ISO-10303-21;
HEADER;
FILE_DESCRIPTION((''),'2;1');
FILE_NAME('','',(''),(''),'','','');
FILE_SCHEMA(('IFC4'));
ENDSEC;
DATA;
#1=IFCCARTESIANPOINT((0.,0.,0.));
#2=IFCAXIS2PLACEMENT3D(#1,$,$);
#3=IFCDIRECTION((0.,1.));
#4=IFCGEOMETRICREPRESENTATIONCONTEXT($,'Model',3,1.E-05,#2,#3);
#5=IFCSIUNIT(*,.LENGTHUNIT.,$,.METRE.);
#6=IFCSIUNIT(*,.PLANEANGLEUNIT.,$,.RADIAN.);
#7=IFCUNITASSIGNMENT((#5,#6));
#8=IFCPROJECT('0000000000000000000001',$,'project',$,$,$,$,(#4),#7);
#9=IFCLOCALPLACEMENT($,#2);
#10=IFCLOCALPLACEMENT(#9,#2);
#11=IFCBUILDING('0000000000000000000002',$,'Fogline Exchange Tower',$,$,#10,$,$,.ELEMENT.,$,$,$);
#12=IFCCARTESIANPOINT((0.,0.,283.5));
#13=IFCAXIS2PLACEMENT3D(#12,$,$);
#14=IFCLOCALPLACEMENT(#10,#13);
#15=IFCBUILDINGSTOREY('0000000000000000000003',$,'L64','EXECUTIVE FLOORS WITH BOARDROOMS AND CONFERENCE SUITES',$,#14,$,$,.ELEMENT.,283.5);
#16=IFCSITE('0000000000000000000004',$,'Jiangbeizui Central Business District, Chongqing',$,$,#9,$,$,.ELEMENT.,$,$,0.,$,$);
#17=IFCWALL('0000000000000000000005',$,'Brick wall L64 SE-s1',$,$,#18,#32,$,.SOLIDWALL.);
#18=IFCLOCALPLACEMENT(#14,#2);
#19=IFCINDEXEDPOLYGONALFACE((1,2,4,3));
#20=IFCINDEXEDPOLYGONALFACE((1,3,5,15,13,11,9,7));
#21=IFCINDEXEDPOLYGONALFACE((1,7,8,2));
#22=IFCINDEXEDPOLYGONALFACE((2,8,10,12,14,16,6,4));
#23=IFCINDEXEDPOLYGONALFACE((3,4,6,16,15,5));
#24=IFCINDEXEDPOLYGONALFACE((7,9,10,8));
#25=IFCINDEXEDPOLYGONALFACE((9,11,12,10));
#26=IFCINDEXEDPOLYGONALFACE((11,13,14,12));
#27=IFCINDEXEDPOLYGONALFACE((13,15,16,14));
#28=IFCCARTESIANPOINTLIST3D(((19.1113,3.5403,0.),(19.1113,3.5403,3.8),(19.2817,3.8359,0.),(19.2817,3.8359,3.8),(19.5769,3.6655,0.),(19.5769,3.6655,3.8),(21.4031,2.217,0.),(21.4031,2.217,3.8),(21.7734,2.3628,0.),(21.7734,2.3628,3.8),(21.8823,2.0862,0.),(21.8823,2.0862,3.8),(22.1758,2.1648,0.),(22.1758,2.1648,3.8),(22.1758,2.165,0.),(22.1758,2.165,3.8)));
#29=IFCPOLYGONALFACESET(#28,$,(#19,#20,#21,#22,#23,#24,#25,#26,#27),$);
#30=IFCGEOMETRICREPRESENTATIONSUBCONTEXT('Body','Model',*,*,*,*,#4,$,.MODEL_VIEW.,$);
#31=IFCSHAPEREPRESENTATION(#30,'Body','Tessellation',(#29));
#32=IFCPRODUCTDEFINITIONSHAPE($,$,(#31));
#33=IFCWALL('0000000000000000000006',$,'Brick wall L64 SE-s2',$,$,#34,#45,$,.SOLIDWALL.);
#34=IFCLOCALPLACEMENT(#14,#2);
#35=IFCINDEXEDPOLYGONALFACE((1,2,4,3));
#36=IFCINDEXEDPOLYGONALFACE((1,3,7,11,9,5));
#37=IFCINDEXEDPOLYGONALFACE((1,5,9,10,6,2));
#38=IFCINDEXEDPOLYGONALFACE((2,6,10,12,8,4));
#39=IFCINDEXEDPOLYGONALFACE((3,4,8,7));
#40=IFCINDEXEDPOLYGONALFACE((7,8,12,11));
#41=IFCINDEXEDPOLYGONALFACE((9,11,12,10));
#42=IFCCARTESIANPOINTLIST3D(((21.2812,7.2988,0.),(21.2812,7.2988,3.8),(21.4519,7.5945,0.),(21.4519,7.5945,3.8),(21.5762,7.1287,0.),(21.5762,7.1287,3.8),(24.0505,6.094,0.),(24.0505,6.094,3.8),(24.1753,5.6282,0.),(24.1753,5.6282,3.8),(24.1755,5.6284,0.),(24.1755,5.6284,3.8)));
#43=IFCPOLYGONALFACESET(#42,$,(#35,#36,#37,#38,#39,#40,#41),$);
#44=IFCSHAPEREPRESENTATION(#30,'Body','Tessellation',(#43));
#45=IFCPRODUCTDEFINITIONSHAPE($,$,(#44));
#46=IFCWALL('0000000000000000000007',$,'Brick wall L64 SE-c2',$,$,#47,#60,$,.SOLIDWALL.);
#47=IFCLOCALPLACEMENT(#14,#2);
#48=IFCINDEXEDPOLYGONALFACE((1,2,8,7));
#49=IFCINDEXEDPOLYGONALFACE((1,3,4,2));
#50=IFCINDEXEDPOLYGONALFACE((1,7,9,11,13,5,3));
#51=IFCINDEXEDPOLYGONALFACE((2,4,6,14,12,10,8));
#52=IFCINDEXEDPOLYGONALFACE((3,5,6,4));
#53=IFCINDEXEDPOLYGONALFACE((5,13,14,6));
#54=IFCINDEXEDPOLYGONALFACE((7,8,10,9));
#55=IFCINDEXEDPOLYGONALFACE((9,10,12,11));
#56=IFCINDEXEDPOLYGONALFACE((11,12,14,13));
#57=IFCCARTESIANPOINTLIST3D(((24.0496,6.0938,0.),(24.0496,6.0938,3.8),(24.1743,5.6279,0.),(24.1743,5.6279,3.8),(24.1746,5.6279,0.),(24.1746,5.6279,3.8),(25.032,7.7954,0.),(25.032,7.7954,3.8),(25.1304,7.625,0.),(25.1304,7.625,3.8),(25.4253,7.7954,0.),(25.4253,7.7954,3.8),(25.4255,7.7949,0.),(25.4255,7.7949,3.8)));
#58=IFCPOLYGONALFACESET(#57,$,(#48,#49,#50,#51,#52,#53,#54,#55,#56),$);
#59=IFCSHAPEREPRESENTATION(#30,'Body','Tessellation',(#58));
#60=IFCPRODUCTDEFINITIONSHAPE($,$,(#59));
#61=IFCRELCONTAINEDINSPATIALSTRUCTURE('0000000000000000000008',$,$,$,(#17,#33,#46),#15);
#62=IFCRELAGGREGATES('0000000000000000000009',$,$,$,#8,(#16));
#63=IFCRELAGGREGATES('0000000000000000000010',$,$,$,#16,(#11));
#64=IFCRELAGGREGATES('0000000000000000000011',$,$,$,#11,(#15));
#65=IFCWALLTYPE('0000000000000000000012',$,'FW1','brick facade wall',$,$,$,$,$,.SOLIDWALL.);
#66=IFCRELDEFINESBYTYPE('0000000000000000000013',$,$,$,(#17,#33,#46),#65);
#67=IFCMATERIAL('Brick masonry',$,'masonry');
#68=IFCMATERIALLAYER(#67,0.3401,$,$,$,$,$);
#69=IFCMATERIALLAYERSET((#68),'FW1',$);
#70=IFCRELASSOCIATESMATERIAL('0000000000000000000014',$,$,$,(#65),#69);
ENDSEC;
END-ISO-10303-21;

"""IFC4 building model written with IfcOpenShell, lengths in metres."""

from ifc_helpers import new_model, si_unit, direction, frame, origin, place, context, subcontext, project, spatial, polyline, outline, extrude, material, layer, layer_set, type_object, element, save


model = new_model("IFC4")

# Units and contexts
model_context = context("Model", 3, precision=1e-05, world=origin(), true_north=direction((0.0, 1.0)))
body_context = subcontext(model_context, "Body", "Model", "MODEL_VIEW")
ifc_project = project(units=[si_unit("LENGTHUNIT", "METRE"), si_unit("PLANEANGLEUNIT", "RADIAN")], contexts=[model_context])

# Site, building, storey
site_placement = place(None, origin())
site = spatial("IfcSite", under=ifc_project, at=site_placement, Name="Jiangbeizui Central Business District, Chongqing", CompositionType="ELEMENT", RefElevation=0.0)
building_placement = place(site_placement, origin())
building = spatial("IfcBuilding", under=site, at=building_placement, Name="Fogline Exchange Tower", CompositionType="ELEMENT")
storey_placement = place(building_placement, frame((0.0, 0.0, 283.5)))
storey = spatial("IfcBuildingStorey", under=building, at=storey_placement, Name="L64", Description="EXECUTIVE FLOORS WITH BOARDROOMS AND CONFERENCE SUITES", CompositionType="ELEMENT", Elevation=283.5)

# Walls
ifc_material_1 = material(Name="Brick masonry", Category="masonry")
ifc_layer_1 = layer(ifc_material_1, 0.3401)
ifc_layer_set_1 = layer_set([ifc_layer_1], Name="FW1")
wall_type = type_object("IfcWallType", Name="FW1", Description="brick facade wall", PredefinedType="SOLIDWALL", material=ifc_layer_set_1)
wall_1_placement = place(storey_placement, origin())
element("IfcWall", 1, at=wall_1_placement, inside=storey, type_object=wall_type, Name="Brick wall L64 SE-s1", PredefinedType="SOLIDWALL", context=body_context, shape_type="SweptSolid", body=[
    extrude(outline(polyline([(19.2817, 3.8359), (19.5769, 3.6655), (22.1758, 2.165), (22.1758, 2.1648), (21.8823, 2.0862), (21.7734, 2.3628), (21.4031, 2.217), (19.1113, 3.5403), (19.2817, 3.8359)])), origin(), (0.0, 0.0, 1.0), 3.8),
])
wall_2_placement = place(storey_placement, origin())
element("IfcWall", 2, at=wall_2_placement, inside=storey, type_object=wall_type, Name="Brick wall L64 SE-s2", PredefinedType="SOLIDWALL", context=body_context, shape_type="SweptSolid", body=[
    extrude(outline(polyline([(24.1753, 5.6282), (21.5762, 7.1287), (21.2812, 7.2988), (21.4519, 7.5945), (24.0505, 6.094), (24.1755, 5.6284), (24.1753, 5.6282)])), origin(), (0.0, 0.0, 1.0), 3.8),
])
wall_3_placement = place(storey_placement, origin())
element("IfcWall", 3, at=wall_3_placement, inside=storey, type_object=wall_type, Name="Brick wall L64 SE-c2", PredefinedType="SOLIDWALL", context=body_context, shape_type="SweptSolid", body=[
    extrude(outline(polyline([(25.032, 7.7954), (25.1304, 7.625), (25.4253, 7.7954), (25.4255, 7.7949), (24.1746, 5.6279), (24.1743, 5.6279), (24.0496, 6.0938), (25.032, 7.7954)])), origin(), (0.0, 0.0, 1.0), 3.8),
])

save(model, "model.ifc")
